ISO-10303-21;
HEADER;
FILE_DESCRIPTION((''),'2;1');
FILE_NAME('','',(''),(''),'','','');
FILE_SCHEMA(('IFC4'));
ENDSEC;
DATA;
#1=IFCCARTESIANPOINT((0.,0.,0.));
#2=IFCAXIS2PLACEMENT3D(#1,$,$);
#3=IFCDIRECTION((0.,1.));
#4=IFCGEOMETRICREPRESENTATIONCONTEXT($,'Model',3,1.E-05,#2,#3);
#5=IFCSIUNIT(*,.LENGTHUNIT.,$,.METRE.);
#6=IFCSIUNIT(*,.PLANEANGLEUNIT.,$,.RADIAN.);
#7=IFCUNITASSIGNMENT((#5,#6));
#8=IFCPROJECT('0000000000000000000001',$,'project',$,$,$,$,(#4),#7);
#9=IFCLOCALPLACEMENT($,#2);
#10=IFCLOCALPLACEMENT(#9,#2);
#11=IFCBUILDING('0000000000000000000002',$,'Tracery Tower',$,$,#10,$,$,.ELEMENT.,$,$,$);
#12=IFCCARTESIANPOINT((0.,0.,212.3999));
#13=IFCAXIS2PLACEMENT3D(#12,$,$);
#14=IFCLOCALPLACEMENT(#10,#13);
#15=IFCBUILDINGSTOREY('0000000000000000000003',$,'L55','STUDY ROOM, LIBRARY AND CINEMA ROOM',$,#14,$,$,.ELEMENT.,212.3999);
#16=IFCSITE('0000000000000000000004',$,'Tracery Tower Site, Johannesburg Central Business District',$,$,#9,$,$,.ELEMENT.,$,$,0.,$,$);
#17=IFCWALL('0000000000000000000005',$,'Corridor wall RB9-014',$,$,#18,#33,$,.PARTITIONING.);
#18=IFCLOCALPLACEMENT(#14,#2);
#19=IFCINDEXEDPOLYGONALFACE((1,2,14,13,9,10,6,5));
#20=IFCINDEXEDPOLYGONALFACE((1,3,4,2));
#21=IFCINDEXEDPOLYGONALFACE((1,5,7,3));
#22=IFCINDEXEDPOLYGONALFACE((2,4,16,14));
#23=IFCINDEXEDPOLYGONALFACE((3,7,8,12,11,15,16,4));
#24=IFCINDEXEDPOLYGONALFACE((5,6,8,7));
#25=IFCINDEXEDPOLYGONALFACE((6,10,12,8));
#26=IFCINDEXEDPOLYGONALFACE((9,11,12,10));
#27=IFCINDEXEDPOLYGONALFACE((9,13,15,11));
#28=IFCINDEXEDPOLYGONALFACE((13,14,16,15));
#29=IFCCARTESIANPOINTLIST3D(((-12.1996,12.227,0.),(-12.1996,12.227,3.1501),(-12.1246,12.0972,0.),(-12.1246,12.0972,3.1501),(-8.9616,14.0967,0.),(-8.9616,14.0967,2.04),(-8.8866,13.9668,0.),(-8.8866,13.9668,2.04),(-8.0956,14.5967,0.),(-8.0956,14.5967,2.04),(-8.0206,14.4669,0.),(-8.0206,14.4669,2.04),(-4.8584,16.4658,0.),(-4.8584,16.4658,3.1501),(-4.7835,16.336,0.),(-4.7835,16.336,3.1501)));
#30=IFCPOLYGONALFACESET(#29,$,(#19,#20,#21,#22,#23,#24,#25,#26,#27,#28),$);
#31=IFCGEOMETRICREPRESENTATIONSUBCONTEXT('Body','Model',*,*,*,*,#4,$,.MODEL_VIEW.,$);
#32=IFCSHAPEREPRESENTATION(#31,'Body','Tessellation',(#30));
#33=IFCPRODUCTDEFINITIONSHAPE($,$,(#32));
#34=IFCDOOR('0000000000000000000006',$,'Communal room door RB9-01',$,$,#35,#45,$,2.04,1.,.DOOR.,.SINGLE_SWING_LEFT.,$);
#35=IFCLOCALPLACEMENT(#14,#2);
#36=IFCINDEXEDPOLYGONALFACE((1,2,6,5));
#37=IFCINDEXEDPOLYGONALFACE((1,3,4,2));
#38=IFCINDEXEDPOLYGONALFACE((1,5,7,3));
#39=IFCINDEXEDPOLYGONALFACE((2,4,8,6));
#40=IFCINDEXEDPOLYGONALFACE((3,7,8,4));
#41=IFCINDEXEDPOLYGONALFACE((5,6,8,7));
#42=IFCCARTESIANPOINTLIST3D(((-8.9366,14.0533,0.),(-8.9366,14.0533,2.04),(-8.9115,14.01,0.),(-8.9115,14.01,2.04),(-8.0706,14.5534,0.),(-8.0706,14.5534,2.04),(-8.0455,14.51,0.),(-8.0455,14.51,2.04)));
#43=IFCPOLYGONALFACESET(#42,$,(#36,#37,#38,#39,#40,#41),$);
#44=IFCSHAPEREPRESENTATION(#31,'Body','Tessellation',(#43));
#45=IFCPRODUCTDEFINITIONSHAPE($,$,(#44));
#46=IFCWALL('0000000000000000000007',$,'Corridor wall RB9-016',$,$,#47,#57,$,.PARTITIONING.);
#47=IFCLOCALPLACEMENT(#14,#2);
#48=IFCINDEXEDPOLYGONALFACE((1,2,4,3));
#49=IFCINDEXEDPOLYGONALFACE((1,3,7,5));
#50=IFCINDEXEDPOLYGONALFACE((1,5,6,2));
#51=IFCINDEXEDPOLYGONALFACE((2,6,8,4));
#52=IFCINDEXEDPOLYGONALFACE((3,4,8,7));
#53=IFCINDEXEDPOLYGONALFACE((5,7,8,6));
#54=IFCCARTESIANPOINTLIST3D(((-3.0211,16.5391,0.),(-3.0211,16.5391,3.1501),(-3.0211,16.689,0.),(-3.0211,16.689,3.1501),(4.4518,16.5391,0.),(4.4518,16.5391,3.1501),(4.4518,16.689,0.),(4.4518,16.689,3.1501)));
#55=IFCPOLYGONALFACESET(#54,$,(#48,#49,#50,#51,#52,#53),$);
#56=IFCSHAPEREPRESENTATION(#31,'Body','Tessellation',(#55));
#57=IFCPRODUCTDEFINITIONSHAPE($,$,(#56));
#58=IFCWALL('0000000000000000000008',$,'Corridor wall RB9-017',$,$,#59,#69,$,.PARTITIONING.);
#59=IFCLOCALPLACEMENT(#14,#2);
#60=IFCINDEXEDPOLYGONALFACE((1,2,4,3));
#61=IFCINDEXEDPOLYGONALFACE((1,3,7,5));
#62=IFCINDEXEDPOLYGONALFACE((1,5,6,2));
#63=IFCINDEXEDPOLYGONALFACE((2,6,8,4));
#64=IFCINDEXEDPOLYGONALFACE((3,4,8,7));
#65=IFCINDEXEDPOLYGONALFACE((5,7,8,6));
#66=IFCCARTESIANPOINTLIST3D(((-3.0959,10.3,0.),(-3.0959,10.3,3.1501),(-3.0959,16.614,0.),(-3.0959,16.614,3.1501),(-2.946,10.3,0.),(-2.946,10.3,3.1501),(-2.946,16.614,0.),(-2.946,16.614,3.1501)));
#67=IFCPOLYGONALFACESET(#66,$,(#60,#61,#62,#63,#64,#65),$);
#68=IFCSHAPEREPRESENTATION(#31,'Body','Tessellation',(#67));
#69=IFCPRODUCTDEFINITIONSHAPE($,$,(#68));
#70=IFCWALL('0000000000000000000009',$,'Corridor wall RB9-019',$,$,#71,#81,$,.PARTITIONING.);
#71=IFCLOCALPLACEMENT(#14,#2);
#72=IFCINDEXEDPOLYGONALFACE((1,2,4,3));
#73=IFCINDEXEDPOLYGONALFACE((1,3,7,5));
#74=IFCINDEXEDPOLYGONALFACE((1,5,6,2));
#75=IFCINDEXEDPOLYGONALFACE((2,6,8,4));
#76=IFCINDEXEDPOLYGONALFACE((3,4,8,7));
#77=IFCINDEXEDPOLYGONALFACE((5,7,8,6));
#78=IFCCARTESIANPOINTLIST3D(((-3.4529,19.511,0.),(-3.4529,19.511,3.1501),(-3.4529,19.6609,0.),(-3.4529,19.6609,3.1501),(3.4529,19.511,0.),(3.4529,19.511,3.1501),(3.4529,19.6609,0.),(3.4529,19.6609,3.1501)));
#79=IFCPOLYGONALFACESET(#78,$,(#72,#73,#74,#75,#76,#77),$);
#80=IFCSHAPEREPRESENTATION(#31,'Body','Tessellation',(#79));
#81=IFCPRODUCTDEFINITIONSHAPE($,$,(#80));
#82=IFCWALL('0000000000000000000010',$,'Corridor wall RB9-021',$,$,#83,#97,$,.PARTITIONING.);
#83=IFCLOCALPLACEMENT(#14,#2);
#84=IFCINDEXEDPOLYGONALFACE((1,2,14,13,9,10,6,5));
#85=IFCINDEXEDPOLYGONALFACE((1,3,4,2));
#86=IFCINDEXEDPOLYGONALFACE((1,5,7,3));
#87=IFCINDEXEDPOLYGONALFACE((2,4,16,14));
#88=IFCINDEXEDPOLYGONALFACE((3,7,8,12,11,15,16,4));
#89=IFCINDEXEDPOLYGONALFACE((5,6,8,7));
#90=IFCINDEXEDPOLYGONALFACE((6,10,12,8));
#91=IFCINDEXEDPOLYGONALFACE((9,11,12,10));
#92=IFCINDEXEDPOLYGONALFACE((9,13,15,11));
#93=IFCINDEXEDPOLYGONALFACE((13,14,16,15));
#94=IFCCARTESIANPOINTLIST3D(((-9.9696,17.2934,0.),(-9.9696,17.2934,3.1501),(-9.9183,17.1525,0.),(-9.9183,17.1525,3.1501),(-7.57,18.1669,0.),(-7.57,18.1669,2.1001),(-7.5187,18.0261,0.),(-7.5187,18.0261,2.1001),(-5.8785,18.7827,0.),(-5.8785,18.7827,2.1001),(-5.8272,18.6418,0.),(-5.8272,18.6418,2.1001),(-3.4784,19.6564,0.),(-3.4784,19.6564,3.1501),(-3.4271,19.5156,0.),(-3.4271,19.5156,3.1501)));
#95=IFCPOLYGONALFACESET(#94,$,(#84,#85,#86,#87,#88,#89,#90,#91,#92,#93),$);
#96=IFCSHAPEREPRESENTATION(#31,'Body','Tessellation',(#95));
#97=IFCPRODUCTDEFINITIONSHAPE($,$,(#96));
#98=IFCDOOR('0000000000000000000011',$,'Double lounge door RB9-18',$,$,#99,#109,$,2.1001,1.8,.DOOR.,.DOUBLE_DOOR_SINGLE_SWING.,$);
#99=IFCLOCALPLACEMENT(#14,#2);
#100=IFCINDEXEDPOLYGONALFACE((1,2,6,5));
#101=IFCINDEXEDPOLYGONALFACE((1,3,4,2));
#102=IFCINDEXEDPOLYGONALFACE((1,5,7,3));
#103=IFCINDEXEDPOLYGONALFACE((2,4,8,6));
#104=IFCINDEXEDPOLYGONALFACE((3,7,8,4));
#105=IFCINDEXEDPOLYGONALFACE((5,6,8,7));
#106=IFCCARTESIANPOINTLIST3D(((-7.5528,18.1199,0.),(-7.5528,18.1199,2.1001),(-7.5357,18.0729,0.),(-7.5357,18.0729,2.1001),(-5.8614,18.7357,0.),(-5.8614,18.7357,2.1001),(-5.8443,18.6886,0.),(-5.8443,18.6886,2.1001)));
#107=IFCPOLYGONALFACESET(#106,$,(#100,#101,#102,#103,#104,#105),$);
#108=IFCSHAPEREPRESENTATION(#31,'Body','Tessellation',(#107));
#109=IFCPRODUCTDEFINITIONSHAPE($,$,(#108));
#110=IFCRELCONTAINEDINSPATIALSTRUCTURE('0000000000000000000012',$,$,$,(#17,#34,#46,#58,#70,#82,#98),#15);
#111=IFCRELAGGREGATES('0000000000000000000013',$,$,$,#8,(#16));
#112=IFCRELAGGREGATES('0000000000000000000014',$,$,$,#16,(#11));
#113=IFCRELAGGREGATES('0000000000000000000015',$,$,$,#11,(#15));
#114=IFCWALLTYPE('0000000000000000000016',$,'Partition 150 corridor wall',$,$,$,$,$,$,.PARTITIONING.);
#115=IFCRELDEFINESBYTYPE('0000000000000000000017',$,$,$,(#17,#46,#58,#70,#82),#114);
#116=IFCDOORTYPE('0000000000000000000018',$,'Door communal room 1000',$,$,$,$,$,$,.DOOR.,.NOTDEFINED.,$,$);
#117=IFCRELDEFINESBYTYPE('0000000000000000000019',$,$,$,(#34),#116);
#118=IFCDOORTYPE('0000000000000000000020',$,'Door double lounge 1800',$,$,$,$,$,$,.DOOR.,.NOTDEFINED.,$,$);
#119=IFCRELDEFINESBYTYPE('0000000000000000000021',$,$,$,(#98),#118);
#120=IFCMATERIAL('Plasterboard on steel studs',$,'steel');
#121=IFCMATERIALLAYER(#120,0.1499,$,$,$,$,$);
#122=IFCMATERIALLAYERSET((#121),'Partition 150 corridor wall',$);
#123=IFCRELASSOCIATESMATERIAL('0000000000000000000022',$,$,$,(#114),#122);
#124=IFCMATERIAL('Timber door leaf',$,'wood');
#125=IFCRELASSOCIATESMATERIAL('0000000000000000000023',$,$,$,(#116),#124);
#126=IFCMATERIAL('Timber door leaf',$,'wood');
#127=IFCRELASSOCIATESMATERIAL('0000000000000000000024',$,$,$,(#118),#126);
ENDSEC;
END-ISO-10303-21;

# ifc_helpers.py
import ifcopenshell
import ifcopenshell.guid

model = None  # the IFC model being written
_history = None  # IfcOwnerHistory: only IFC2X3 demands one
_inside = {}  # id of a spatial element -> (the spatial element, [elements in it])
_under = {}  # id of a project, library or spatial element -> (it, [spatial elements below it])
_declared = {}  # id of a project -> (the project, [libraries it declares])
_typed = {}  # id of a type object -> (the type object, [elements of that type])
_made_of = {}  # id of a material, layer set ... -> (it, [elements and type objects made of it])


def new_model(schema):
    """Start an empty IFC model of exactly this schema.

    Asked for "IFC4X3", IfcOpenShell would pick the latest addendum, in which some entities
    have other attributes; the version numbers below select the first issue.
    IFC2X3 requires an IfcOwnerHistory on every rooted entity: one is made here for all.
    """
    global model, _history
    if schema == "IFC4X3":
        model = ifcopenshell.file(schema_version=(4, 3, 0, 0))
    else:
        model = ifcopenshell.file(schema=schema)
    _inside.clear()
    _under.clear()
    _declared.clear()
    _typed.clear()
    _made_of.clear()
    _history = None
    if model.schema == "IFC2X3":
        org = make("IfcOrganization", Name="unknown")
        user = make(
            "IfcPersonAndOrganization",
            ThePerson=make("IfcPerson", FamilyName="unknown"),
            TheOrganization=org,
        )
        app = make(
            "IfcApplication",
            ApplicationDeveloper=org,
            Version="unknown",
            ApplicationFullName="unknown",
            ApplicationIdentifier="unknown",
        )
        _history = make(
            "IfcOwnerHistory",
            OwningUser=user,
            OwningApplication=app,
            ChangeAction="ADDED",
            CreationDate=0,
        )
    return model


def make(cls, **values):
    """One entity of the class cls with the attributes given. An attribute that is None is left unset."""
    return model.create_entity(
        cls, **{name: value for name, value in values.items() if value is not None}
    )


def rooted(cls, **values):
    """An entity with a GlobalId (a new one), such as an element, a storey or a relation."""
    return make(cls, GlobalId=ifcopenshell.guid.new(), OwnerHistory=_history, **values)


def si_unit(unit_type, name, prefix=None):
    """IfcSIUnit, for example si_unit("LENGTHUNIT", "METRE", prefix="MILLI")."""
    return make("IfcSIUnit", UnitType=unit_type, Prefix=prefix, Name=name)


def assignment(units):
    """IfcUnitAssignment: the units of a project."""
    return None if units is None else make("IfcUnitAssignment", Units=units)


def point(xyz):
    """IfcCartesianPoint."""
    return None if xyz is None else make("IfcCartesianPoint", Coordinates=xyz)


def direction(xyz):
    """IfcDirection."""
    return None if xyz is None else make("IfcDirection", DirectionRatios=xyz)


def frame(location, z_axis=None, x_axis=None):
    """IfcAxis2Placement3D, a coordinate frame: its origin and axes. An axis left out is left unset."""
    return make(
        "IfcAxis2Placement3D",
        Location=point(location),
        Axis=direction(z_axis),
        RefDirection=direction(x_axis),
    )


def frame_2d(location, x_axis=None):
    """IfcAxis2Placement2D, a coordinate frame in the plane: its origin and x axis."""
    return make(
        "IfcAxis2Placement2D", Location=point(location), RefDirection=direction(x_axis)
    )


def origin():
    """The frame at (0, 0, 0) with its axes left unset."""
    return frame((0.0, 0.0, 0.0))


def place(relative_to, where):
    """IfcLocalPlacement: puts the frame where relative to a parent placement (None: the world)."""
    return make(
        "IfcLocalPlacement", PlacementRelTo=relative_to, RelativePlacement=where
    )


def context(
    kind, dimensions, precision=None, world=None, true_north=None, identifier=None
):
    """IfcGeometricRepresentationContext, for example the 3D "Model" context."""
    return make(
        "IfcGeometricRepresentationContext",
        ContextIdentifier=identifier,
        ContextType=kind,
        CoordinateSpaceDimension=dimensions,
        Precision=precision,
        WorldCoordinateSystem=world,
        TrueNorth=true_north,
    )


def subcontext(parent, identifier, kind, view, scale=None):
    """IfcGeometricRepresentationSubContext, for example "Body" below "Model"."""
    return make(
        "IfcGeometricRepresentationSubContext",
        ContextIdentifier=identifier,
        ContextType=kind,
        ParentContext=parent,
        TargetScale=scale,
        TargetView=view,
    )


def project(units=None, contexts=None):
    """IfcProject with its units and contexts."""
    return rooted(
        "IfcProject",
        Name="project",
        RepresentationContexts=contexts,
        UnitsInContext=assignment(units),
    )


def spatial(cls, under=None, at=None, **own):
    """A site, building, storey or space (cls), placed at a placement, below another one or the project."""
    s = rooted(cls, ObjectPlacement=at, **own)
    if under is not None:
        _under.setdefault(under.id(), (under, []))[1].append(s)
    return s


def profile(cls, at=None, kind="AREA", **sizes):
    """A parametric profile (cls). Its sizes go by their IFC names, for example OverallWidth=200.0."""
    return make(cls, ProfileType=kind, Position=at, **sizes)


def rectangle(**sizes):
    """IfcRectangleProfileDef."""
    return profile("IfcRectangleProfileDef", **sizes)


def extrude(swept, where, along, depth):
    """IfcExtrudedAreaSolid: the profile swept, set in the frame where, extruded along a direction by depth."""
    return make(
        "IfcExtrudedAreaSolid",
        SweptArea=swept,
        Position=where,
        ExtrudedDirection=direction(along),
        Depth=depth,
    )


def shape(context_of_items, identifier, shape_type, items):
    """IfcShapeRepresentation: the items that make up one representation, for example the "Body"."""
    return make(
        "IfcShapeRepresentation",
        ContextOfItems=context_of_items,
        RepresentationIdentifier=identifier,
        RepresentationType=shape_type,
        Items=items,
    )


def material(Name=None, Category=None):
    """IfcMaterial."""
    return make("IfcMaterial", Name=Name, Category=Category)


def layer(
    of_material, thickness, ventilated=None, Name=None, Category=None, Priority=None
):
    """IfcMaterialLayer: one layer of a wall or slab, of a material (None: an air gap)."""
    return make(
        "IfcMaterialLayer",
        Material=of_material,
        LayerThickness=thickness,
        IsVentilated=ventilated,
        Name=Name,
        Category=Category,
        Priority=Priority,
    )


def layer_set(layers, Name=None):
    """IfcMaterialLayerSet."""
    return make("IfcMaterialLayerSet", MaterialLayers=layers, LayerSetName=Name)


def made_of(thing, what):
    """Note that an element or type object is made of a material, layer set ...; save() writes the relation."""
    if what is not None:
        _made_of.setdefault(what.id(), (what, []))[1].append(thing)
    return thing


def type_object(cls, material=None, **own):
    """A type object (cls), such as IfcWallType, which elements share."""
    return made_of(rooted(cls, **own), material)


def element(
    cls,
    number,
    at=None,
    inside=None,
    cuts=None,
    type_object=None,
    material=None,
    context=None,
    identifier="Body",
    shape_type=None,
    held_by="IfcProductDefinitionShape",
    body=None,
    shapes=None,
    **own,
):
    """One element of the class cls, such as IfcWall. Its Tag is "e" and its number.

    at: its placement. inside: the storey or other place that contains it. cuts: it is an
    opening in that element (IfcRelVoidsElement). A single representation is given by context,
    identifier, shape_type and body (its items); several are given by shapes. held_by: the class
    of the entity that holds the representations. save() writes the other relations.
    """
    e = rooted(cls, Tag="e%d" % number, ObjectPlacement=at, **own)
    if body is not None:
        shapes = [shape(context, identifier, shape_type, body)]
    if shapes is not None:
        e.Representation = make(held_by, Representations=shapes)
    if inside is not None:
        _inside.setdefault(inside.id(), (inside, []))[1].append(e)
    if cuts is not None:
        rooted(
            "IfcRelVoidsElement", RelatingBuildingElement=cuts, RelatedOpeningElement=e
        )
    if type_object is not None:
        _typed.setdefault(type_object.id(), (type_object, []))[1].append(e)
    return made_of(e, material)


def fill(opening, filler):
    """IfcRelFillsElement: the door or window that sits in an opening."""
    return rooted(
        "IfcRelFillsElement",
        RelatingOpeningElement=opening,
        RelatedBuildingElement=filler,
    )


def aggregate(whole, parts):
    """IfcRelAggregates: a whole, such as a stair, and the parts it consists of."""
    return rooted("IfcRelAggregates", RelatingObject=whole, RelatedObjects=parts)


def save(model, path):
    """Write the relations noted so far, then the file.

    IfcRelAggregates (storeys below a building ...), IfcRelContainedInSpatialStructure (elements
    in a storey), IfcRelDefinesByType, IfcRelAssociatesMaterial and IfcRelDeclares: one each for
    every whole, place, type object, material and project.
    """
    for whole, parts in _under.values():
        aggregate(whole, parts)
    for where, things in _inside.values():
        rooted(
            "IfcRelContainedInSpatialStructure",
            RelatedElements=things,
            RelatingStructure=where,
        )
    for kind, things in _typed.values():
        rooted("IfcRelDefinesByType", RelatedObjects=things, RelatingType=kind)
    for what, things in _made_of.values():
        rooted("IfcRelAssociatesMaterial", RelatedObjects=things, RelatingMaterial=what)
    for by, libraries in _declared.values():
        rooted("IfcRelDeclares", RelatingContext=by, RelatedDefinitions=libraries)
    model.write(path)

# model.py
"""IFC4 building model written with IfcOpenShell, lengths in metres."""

from ifc_helpers import new_model, si_unit, direction, frame, frame_2d, origin, place, context, subcontext, project, spatial, rectangle, extrude, material, layer, layer_set, type_object, element, fill, save


model = new_model("IFC4")

# Units and contexts
model_context = context("Model", 3, precision=1e-05, world=origin(), true_north=direction((0.0, 1.0)))
body_context = subcontext(model_context, "Body", "Model", "MODEL_VIEW")
ifc_project = project(units=[si_unit("LENGTHUNIT", "METRE"), si_unit("PLANEANGLEUNIT", "RADIAN")], contexts=[model_context])

# Site, building, storey
site_placement = place(None, origin())
site = spatial("IfcSite", under=ifc_project, at=site_placement, Name="Tracery Tower Site, Johannesburg Central Business District", CompositionType="ELEMENT", RefElevation=0.0)
building_placement = place(site_placement, origin())
building = spatial("IfcBuilding", under=site, at=building_placement, Name="Tracery Tower", CompositionType="ELEMENT")
storey_placement = place(building_placement, frame((0.0, 0.0, 212.3999)))
storey = spatial("IfcBuildingStorey", under=building, at=storey_placement, Name="L55", Description="STUDY ROOM, LIBRARY AND CINEMA ROOM", CompositionType="ELEMENT", Elevation=212.3999)

# Wall, opening, door
ifc_material_1 = material(Name="Plasterboard on steel studs", Category="steel")
ifc_layer_1 = layer(ifc_material_1, 0.1499)
ifc_layer_set_1 = layer_set([ifc_layer_1], Name="Partition 150 corridor wall")
wall_type_1 = type_object("IfcWallType", Name="Partition 150 corridor wall", PredefinedType="PARTITIONING", material=ifc_layer_set_1)
wall_1_placement = place(storey_placement, frame((-12.1621, 12.1621, 0.0), z_axis=(0.0, 0.0, 1.0), x_axis=(0.866005, 0.500036, 0.0)))
wall_1 = element("IfcWall", 1, at=wall_1_placement, inside=storey, type_object=wall_type_1, Name="Corridor wall RB9-014", PredefinedType="PARTITIONING", context=body_context, shape_type="SweptSolid", body=[
    extrude(rectangle(XDim=8.4771, YDim=0.1499, at=frame_2d((4.2385, 0.0))), origin(), (0.0, 0.0, 1.0), 3.1501),
])
opening_1_placement = place(wall_1_placement, frame((3.739, 0.0, 0.0)))
opening_1 = element("IfcOpeningElement", 2, at=opening_1_placement, cuts=wall_1, PredefinedType="OPENING", context=body_context, shape_type="SweptSolid", body=[
    extrude(rectangle(XDim=1.0, YDim=2.04, at=frame_2d((0.5, 1.02))), frame((0.0, 0.075, 0.0), z_axis=(0.0, -1.0, 0.0), x_axis=(1.0, 0.0, 0.0)), (0.0, 0.0, 1.0), 0.1499),
])
ifc_material_2 = material(Name="Timber door leaf", Category="wood")
door_type_1 = type_object("IfcDoorType", Name="Door communal room 1000", OperationType="NOTDEFINED", PredefinedType="DOOR", material=ifc_material_2)
door_1_placement = place(opening_1_placement, origin())
door_1 = element("IfcDoor", 3, at=door_1_placement, inside=storey, type_object=door_type_1, Name="Communal room door RB9-01", OperationType="SINGLE_SWING_LEFT", OverallHeight=2.04, OverallWidth=1.0, PredefinedType="DOOR", context=body_context, shape_type="SweptSolid", body=[
    extrude(rectangle(XDim=1.0, YDim=2.04, at=frame_2d((0.5, 1.02))), frame((0.0, 0.0249, 0.0), z_axis=(0.0, -1.0, 0.0), x_axis=(1.0, 0.0, 0.0)), (0.0, 0.0, 1.0), 0.05),
])
fill(opening_1, door_1)

# Walls
wall_2_placement = place(storey_placement, frame((-3.021, 16.614, 0.0), z_axis=(0.0, 0.0, 1.0), x_axis=(1.0, 0.0, 0.0)))
element("IfcWall", 4, at=wall_2_placement, inside=storey, type_object=wall_type_1, Name="Corridor wall RB9-016", PredefinedType="PARTITIONING", context=body_context, shape_type="SweptSolid", body=[
    extrude(rectangle(XDim=7.4729, YDim=0.1499, at=frame_2d((3.7363, 0.0))), origin(), (0.0, 0.0, 1.0), 3.1501),
])
wall_3_placement = place(storey_placement, frame((-3.021, 10.3, 0.0), z_axis=(0.0, 0.0, 1.0), x_axis=(0.0, 1.0, 0.0)))
element("IfcWall", 5, at=wall_3_placement, inside=storey, type_object=wall_type_1, Name="Corridor wall RB9-017", PredefinedType="PARTITIONING", context=body_context, shape_type="SweptSolid", body=[
    extrude(rectangle(XDim=6.314, YDim=0.1499, at=frame_2d((3.157, 0.0))), origin(), (0.0, 0.0, 1.0), 3.1501),
])
wall_4_placement = place(storey_placement, frame((-3.4529, 19.5859, 0.0), z_axis=(0.0, 0.0, 1.0), x_axis=(1.0, 0.0, 0.0)))
element("IfcWall", 6, at=wall_4_placement, inside=storey, type_object=wall_type_1, Name="Corridor wall RB9-019", PredefinedType="PARTITIONING", context=body_context, shape_type="SweptSolid", body=[
    extrude(rectangle(XDim=6.9058, YDim=0.1499, at=frame_2d((3.4529, 0.0))), origin(), (0.0, 0.0, 1.0), 3.1501),
])

# Wall, opening, door
wall_5_placement = place(storey_placement, frame((-9.9441, 17.2229, 0.0), z_axis=(0.0, 0.0, 1.0), x_axis=(0.939673, 0.342075, 0.0)))
wall_5 = element("IfcWall", 7, at=wall_5_placement, inside=storey, type_object=wall_type_1, Name="Corridor wall RB9-021", PredefinedType="PARTITIONING", context=body_context, shape_type="SweptSolid", body=[
    extrude(rectangle(XDim=6.908, YDim=0.1499, at=frame_2d((3.4541, 0.0))), origin(), (0.0, 0.0, 1.0), 3.1501),
])
opening_2_placement = place(wall_5_placement, frame((2.554, 0.0, 0.0)))
opening_2 = element("IfcOpeningElement", 8, at=opening_2_placement, cuts=wall_5, PredefinedType="OPENING", context=body_context, shape_type="SweptSolid", body=[
    extrude(rectangle(XDim=1.8, YDim=2.1001, at=frame_2d((0.8999, 1.05))), frame((0.0, 0.075, 0.0), z_axis=(0.0, -1.0, 0.0), x_axis=(1.0, 0.0, 0.0)), (0.0, 0.0, 1.0), 0.1499),
])
ifc_material_3 = material(Name="Timber door leaf", Category="wood")
door_type_2 = type_object("IfcDoorType", Name="Door double lounge 1800", OperationType="NOTDEFINED", PredefinedType="DOOR", material=ifc_material_3)
door_2_placement = place(opening_2_placement, origin())
door_2 = element("IfcDoor", 9, at=door_2_placement, inside=storey, type_object=door_type_2, Name="Double lounge door RB9-18", OperationType="DOUBLE_DOOR_SINGLE_SWING", OverallHeight=2.1001, OverallWidth=1.8, PredefinedType="DOOR", context=body_context, shape_type="SweptSolid", body=[
    extrude(rectangle(XDim=1.8, YDim=2.1001, at=frame_2d((0.8999, 1.05))), frame((0.0, 0.0249, 0.0), z_axis=(0.0, -1.0, 0.0), x_axis=(1.0, 0.0, 0.0)), (0.0, 0.0, 1.0), 0.05),
])
fill(opening_2, door_2)

save(model, "model.ifc")
